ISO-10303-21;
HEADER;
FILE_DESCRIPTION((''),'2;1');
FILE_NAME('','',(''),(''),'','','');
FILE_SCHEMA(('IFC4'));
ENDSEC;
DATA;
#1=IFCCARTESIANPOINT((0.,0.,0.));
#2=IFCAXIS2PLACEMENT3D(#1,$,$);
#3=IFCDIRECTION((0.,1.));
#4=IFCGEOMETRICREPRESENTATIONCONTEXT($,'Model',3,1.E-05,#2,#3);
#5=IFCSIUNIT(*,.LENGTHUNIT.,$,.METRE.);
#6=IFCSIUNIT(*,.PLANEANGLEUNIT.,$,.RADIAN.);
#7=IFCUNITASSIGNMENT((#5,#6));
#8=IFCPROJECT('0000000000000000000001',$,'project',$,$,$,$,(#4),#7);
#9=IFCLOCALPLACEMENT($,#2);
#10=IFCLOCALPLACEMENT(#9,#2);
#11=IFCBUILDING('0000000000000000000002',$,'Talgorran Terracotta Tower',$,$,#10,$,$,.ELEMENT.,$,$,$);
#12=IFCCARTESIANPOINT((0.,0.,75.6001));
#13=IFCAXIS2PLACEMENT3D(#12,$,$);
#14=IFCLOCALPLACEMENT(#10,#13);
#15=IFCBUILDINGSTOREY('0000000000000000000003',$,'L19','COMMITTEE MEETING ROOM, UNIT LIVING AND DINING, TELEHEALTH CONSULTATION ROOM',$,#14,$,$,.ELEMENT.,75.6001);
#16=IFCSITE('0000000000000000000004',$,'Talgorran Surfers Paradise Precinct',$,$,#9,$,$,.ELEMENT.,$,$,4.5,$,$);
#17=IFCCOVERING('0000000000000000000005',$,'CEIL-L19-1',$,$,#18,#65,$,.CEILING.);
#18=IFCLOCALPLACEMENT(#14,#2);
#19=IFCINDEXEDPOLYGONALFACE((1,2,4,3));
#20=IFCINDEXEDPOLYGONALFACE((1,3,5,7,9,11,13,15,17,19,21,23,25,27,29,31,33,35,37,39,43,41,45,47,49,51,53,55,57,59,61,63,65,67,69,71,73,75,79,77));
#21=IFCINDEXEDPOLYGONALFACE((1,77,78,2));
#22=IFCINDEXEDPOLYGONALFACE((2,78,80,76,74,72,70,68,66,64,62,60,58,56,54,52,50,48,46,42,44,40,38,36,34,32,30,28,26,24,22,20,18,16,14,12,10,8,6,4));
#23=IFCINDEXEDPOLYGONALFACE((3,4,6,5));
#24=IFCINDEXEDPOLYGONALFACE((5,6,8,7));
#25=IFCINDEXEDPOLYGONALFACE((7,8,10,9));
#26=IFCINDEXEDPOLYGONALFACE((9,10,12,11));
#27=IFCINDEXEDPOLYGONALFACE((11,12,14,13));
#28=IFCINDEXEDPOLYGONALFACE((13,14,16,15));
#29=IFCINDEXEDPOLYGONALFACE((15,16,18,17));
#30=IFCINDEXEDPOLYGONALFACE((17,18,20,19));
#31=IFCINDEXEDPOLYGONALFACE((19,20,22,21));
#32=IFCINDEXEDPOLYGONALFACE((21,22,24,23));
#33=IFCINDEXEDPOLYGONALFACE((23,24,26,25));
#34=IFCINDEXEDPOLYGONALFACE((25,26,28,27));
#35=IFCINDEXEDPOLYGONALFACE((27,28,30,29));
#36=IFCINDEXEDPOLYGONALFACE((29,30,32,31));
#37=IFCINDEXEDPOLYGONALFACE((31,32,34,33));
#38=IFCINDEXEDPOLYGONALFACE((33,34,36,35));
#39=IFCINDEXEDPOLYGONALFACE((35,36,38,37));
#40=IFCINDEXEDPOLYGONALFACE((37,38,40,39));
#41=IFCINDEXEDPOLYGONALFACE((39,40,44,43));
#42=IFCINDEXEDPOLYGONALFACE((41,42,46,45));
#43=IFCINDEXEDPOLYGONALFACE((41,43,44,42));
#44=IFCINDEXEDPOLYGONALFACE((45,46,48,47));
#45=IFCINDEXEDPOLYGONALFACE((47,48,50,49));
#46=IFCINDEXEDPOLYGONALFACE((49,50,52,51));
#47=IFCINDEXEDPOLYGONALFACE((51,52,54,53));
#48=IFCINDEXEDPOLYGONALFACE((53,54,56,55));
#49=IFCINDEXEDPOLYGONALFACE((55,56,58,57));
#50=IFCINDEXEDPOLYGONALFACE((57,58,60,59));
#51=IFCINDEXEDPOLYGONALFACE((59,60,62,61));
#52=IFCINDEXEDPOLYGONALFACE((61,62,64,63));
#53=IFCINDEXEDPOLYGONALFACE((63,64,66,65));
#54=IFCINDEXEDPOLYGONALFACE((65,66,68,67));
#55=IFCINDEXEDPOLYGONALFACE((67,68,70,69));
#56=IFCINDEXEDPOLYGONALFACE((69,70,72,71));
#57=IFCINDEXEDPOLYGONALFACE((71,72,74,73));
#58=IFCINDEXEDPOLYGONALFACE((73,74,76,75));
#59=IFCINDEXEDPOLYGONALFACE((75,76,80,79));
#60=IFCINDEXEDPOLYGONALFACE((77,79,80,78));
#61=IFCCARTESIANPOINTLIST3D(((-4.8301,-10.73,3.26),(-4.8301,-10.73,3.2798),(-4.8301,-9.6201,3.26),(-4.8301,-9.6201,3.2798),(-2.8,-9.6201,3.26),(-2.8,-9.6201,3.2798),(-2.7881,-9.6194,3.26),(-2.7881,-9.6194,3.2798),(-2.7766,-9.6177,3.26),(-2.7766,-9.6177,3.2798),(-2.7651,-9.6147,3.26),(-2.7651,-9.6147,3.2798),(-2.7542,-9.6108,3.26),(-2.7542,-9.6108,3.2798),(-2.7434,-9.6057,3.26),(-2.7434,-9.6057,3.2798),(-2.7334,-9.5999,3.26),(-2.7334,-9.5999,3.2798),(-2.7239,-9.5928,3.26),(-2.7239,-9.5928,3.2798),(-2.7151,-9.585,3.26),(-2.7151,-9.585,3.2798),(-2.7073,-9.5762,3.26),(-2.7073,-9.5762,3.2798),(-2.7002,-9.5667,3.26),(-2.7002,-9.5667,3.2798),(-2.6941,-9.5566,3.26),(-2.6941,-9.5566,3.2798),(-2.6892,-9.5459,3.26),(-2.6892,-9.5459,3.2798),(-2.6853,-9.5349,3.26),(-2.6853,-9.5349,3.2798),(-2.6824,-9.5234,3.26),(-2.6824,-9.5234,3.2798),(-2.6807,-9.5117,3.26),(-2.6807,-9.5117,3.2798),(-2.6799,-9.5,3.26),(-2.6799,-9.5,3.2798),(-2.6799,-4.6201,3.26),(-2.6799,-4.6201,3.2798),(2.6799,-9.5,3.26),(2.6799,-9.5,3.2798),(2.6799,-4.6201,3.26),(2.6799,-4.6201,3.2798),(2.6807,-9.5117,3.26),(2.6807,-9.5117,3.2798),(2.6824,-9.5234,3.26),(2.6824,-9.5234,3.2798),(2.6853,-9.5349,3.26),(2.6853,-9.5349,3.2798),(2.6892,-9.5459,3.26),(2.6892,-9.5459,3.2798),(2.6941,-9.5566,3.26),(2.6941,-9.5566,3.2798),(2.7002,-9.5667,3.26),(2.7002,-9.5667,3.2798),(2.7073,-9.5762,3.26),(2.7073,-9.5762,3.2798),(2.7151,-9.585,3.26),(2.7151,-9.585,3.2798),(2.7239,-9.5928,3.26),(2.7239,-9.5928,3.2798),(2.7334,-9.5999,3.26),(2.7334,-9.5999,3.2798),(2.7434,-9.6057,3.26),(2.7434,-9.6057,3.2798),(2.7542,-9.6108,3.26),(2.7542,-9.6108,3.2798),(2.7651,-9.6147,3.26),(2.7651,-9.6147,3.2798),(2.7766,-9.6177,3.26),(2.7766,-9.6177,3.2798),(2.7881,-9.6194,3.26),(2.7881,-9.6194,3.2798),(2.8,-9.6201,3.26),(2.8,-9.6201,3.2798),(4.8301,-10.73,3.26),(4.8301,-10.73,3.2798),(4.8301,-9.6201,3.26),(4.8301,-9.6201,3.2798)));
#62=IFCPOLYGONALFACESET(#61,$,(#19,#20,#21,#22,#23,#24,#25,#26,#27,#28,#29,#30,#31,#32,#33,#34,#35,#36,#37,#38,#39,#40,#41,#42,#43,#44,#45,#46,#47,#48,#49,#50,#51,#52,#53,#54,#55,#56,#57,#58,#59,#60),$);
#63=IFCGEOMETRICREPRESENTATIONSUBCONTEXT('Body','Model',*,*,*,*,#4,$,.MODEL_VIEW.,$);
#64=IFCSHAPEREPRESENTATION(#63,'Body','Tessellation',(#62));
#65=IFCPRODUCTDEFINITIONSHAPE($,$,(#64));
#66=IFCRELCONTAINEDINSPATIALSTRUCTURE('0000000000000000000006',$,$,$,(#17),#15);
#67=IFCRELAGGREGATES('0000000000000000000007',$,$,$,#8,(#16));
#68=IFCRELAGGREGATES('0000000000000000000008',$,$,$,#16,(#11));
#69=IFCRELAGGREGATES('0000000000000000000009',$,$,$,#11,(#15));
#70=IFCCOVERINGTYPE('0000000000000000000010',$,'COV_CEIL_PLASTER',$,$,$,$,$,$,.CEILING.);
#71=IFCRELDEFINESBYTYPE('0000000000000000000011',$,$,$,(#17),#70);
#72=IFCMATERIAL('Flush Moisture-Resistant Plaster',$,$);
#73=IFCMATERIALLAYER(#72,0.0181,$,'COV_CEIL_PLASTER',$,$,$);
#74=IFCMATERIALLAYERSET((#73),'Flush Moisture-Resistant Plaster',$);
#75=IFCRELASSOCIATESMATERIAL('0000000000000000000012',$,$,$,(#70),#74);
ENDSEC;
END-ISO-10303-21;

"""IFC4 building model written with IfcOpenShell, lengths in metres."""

from ifc_helpers import new_model, si_unit, direction, frame, origin, place, context, subcontext, project, spatial, polyline, outline, extrude, material, layer, layer_set, type_object, element, save


model = new_model("IFC4")

# Units and contexts
model_context = context("Model", 3, precision=1e-05, world=origin(), true_north=direction((0.0, 1.0)))
body_context = subcontext(model_context, "Body", "Model", "MODEL_VIEW")
ifc_project = project(units=[si_unit("LENGTHUNIT", "METRE"), si_unit("PLANEANGLEUNIT", "RADIAN")], contexts=[model_context])

# Site, building, storey
site_placement = place(None, origin())
site = spatial("IfcSite", under=ifc_project, at=site_placement, Name="Talgorran Surfers Paradise Precinct", CompositionType="ELEMENT", RefElevation=4.5)
building_placement = place(site_placement, origin())
building = spatial("IfcBuilding", under=site, at=building_placement, Name="Talgorran Terracotta Tower", CompositionType="ELEMENT")
storey_placement = place(building_placement, frame((0.0, 0.0, 75.6001)))
storey = spatial("IfcBuildingStorey", under=building, at=storey_placement, Name="L19", Description="COMMITTEE MEETING ROOM, UNIT LIVING AND DINING, TELEHEALTH CONSULTATION ROOM", CompositionType="ELEMENT", Elevation=75.6001)

# Covering
ifc_material_1 = material(Name="Flush Moisture-Resistant Plaster")
ifc_layer_1 = layer(ifc_material_1, 0.0181, Name="COV_CEIL_PLASTER")
ifc_layer_set_1 = layer_set([ifc_layer_1], Name="Flush Moisture-Resistant Plaster")
covering_type_1 = type_object("IfcCoveringType", Name="COV_CEIL_PLASTER", PredefinedType="CEILING", material=ifc_layer_set_1)
covering_1_placement = place(storey_placement, frame((0.0, 0.0, 3.26)))
element("IfcCovering", 1, at=covering_1_placement, inside=storey, type_object=covering_type_1, Name="CEIL-L19-1", PredefinedType="CEILING", context=body_context, shape_type="SweptSolid", body=[
    extrude(outline(polyline([(-4.8301, -9.6201), (-2.8, -9.6201), (-2.7881, -9.6194), (-2.7766, -9.6177), (-2.7651, -9.6147), (-2.7542, -9.6108), (-2.7434, -9.6057), (-2.7334, -9.5999), (-2.7239, -9.5928), (-2.7151, -9.585), (-2.7073, -9.5762), (-2.7002, -9.5667), (-2.6941, -9.5566), (-2.6892, -9.5459), (-2.6853, -9.5349), (-2.6824, -9.5234), (-2.6807, -9.5117), (-2.6799, -9.5), (-2.6799, -4.6201), (2.6799, -4.6201), (2.6799, -9.5), (2.6807, -9.5117), (2.6824, -9.5234), (2.6853, -9.5349), (2.6892, -9.5459), (2.6941, -9.5566), (2.7002, -9.5667), (2.7073, -9.5762), (2.7151, -9.585), (2.7239, -9.5928), (2.7334, -9.5999), (2.7434, -9.6057), (2.7542, -9.6108), (2.7651, -9.6147), (2.7766, -9.6177), (2.7881, -9.6194), (2.8, -9.6201), (4.8301, -9.6201), (4.8301, -10.73), (-4.8301, -10.73), (-4.8301, -9.6201)])), origin(), (0.0, 0.0, 1.0), 0.0198),
])

save(model, "model.ifc")
